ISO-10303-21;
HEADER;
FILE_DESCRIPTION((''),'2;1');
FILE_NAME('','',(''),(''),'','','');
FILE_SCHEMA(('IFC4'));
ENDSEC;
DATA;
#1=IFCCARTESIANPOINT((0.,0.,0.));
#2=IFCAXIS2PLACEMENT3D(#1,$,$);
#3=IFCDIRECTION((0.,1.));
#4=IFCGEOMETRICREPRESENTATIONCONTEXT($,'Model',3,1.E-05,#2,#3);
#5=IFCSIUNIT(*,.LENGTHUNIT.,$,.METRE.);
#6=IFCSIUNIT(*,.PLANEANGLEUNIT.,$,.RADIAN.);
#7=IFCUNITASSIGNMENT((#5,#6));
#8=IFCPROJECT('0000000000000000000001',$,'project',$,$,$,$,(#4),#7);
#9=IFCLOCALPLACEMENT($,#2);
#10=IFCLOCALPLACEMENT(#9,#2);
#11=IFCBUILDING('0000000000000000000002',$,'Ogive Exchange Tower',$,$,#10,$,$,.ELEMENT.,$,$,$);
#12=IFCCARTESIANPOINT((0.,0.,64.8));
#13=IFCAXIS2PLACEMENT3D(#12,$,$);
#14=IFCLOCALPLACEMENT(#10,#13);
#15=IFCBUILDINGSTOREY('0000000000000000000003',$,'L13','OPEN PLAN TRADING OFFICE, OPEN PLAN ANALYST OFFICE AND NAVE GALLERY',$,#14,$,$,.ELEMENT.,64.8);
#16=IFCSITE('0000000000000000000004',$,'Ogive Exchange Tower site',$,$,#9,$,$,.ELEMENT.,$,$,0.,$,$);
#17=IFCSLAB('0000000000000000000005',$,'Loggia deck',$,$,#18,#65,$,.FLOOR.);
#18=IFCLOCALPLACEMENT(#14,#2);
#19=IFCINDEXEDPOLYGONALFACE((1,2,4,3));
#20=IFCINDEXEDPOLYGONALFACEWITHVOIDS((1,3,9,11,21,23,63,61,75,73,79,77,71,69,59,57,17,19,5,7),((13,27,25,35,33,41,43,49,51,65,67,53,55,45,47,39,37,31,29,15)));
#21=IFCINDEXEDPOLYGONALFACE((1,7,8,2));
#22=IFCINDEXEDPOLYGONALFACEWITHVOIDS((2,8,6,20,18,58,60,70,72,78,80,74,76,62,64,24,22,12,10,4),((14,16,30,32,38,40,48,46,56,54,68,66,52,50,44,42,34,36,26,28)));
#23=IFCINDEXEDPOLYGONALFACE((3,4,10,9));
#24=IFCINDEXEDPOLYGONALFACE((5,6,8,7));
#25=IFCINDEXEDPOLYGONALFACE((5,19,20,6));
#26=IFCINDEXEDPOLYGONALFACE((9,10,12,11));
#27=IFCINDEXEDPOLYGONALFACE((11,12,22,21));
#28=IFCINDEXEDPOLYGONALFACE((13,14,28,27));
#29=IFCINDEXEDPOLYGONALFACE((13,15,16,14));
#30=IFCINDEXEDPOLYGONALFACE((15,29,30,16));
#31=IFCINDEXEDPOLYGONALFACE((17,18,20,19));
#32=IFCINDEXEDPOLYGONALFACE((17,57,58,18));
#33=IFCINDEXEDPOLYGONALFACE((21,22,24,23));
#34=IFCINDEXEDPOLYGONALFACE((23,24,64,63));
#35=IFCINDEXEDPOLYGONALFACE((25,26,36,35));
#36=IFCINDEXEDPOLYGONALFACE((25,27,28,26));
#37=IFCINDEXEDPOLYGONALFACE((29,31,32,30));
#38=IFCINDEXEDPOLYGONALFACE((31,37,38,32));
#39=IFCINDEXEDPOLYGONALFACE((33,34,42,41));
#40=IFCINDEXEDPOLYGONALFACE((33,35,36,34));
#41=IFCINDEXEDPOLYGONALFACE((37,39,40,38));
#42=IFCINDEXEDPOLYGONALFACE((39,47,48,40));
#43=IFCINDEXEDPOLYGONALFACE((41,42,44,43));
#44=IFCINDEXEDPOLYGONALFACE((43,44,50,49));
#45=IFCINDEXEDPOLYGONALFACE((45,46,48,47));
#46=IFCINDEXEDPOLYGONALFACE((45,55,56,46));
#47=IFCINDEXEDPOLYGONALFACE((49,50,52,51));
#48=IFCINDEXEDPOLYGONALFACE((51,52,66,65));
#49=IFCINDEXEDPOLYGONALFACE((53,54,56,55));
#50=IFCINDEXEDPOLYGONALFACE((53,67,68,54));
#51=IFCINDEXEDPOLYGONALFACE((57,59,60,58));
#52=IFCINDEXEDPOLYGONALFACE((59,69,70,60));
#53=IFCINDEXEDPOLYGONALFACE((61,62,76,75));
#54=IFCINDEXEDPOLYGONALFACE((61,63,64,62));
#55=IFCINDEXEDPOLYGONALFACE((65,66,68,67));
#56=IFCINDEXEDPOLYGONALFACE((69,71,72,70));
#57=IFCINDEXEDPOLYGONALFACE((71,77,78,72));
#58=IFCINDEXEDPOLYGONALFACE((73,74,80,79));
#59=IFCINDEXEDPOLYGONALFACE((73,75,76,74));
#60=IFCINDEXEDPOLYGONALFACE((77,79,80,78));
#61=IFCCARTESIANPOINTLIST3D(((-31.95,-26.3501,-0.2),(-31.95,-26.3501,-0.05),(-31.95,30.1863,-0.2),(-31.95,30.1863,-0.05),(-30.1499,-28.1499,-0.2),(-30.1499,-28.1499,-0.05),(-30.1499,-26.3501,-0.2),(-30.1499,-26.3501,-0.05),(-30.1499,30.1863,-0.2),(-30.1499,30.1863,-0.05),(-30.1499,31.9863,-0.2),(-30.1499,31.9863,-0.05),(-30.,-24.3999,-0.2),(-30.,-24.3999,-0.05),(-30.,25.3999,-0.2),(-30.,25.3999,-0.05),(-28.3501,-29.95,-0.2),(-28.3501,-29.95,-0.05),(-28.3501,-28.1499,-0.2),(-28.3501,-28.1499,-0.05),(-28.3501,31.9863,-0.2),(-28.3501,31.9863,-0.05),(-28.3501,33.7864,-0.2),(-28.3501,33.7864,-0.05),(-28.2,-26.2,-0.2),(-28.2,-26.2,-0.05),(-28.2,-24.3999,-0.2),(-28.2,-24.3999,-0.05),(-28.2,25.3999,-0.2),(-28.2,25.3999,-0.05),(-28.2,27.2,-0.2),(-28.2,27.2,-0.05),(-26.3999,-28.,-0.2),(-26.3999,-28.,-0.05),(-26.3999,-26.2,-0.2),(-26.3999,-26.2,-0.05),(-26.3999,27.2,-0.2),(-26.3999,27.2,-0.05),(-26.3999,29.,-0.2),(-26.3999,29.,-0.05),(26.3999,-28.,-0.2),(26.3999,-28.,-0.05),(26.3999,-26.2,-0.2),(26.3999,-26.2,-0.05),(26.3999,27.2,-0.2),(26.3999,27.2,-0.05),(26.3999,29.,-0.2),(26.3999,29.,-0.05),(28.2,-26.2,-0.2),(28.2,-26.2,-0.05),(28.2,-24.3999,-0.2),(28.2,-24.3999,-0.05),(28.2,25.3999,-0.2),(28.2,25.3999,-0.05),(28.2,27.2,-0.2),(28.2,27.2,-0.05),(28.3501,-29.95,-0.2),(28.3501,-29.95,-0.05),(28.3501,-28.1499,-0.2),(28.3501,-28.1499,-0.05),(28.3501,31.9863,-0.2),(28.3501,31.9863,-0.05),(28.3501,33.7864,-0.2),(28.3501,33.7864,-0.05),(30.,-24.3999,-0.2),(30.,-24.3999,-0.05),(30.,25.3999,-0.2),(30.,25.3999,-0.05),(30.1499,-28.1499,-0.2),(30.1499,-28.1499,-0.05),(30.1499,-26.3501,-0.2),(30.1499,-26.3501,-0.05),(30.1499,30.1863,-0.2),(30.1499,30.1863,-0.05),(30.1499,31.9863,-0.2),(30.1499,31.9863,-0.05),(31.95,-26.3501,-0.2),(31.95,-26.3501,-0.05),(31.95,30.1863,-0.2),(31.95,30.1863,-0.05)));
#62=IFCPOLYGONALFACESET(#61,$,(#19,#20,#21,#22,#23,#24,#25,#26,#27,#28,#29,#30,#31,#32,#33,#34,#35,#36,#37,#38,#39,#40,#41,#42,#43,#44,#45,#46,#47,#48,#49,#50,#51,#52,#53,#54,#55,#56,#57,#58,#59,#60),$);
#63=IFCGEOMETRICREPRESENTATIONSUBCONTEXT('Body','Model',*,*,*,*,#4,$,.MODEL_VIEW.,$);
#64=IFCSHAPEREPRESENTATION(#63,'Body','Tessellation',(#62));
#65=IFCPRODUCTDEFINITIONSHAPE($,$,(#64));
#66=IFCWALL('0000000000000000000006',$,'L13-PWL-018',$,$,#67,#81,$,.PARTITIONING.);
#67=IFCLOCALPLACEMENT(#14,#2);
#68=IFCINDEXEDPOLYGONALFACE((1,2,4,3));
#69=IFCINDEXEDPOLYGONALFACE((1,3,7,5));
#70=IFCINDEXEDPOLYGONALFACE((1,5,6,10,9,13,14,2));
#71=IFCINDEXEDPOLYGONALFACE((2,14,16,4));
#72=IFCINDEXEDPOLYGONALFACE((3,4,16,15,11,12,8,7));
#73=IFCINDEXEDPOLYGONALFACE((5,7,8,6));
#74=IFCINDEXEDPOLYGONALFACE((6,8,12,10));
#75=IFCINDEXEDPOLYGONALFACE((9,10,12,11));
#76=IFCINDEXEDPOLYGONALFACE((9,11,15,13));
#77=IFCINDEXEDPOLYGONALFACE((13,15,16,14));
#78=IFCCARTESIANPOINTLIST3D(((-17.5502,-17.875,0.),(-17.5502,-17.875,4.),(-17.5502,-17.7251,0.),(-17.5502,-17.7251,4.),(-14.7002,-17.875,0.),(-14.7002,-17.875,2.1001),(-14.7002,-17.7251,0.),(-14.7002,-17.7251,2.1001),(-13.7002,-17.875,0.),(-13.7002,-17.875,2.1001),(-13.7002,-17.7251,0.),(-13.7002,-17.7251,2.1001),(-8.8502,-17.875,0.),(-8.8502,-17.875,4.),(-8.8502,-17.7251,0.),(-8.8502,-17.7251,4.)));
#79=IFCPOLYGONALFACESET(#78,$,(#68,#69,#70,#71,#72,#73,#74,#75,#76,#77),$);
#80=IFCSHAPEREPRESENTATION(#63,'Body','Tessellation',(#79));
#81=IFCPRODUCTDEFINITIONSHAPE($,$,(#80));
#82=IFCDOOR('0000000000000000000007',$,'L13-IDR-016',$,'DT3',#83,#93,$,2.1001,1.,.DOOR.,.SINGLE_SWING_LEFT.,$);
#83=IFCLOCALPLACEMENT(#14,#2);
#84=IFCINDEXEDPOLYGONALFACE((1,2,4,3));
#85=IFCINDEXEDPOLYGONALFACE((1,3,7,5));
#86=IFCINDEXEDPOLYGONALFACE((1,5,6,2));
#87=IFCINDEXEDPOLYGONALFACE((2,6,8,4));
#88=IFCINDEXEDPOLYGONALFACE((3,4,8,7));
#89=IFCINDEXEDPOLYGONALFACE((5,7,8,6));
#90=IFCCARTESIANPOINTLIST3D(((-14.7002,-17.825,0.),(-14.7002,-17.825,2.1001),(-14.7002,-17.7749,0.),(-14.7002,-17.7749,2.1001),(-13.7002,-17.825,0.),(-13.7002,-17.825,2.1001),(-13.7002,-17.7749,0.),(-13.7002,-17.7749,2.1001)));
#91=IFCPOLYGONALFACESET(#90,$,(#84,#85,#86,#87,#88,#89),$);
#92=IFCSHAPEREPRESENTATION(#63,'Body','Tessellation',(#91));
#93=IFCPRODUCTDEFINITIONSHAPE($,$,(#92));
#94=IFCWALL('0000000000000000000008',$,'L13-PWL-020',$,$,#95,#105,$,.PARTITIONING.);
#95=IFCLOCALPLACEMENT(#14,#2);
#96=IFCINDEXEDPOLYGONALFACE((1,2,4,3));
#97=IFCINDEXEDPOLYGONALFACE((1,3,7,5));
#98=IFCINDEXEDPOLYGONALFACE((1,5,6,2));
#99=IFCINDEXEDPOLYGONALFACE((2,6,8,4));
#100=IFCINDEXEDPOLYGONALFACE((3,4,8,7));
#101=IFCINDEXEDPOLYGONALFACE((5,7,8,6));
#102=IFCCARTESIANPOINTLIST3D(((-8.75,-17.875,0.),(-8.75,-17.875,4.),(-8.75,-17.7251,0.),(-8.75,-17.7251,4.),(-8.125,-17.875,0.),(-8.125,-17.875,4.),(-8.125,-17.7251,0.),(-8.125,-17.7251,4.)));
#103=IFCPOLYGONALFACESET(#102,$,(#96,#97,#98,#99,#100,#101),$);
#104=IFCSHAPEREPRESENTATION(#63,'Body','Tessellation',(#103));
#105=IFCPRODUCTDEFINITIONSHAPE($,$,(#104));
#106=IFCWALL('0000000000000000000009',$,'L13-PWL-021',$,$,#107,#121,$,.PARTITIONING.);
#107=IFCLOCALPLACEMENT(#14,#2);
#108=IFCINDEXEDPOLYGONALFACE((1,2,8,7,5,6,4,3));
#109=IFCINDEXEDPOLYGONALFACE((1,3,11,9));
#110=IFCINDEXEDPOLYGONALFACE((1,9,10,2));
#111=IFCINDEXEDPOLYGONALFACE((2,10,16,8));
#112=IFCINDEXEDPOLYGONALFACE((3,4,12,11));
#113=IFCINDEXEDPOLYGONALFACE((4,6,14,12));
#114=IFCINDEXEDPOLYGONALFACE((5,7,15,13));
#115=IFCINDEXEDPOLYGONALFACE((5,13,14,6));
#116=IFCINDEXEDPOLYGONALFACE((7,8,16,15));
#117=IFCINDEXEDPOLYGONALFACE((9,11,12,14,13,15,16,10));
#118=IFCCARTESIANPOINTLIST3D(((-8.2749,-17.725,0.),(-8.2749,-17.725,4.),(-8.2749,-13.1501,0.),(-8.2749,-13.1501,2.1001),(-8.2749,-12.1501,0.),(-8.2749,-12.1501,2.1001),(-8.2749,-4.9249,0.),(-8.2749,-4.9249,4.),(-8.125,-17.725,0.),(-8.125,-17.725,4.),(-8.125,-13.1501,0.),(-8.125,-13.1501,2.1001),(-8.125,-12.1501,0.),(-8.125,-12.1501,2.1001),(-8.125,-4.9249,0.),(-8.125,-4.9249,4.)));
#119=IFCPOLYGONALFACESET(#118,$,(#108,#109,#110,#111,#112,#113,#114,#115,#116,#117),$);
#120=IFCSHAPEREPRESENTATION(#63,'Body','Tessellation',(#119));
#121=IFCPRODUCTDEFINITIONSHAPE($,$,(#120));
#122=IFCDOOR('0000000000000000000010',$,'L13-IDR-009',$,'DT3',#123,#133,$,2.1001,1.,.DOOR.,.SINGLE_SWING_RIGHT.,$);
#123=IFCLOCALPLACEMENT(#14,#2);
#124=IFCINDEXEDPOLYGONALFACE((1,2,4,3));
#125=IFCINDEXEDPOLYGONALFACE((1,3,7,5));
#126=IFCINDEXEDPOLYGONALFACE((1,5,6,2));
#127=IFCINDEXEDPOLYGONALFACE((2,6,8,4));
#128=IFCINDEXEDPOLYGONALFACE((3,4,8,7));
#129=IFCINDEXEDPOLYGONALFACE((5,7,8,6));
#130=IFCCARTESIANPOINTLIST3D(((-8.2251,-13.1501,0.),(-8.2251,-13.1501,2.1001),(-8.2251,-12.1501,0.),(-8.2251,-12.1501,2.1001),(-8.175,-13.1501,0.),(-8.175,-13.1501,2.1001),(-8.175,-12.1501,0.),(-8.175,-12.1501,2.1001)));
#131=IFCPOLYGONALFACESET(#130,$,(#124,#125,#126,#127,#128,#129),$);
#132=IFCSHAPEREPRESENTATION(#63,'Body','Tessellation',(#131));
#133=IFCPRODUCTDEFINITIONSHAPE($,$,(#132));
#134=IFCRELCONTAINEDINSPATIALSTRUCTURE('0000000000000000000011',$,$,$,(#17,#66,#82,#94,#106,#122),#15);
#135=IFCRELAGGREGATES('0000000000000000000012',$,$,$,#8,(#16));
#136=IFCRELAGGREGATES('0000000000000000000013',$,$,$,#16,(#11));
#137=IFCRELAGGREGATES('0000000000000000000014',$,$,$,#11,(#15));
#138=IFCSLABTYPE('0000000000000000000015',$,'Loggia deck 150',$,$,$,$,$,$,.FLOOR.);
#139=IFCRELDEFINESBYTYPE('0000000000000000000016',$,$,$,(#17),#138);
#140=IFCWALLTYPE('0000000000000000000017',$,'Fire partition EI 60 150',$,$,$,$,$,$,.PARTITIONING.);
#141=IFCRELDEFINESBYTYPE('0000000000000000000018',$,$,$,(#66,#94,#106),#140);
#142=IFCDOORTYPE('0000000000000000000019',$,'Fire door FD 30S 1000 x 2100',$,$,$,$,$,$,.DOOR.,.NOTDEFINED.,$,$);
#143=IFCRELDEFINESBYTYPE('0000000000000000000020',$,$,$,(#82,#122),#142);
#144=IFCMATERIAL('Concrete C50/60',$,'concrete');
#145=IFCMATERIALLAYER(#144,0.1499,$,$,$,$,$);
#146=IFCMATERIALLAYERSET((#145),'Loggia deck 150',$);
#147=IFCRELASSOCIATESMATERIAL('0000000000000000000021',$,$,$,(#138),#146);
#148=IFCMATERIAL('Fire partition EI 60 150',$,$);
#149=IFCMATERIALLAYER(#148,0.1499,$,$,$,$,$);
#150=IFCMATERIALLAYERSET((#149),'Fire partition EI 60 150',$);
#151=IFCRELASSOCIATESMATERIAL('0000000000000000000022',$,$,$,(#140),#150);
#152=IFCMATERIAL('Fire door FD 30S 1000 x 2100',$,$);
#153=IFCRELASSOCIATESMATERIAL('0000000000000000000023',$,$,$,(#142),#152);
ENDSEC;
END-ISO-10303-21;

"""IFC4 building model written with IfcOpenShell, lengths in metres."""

from ifc_helpers import new_model, si_unit, direction, frame, frame_2d, origin, place, context, subcontext, project, spatial, polyline, rectangle, outline, extrude, material, layer, layer_set, type_object, element, fill, save


model = new_model("IFC4")

# Units and contexts
model_context = context("Model", 3, precision=1e-05, world=origin(), true_north=direction((0.0, 1.0)))
body_context = subcontext(model_context, "Body", "Model", "MODEL_VIEW")
ifc_project = project(units=[si_unit("LENGTHUNIT", "METRE"), si_unit("PLANEANGLEUNIT", "RADIAN")], contexts=[model_context])

# Site, building, storey
site_placement = place(None, origin())
site = spatial("IfcSite", under=ifc_project, at=site_placement, Name="Ogive Exchange Tower site", CompositionType="ELEMENT", RefElevation=0.0)
building_placement = place(site_placement, origin())
building = spatial("IfcBuilding", under=site, at=building_placement, Name="Ogive Exchange Tower", CompositionType="ELEMENT")
storey_placement = place(building_placement, frame((0.0, 0.0, 64.8)))
storey = spatial("IfcBuildingStorey", under=building, at=storey_placement, Name="L13", Description="OPEN PLAN TRADING OFFICE, OPEN PLAN ANALYST OFFICE AND NAVE GALLERY", CompositionType="ELEMENT", Elevation=64.8)

# Slab
ifc_material_1 = material(Name="Concrete C50/60", Category="concrete")
ifc_layer_1 = layer(ifc_material_1, 0.1499)
ifc_layer_set_1 = layer_set([ifc_layer_1], Name="Loggia deck 150")
slab_type_1 = type_object("IfcSlabType", Name="Loggia deck 150", PredefinedType="FLOOR", material=ifc_layer_set_1)
slab_1_placement = place(storey_placement, frame((0.0, 0.0, -0.2)))
element("IfcSlab", 1, at=slab_1_placement, inside=storey, type_object=slab_type_1, Name="Loggia deck", PredefinedType="FLOOR", context=body_context, shape_type="SweptSolid", body=[
    extrude(outline(polyline([(-28.3501, -28.1499), (-30.1499, -28.1499), (-30.1499, -26.3501), (-31.95, -26.3501), (-31.95, 30.1863), (-30.1499, 30.1863), (-30.1499, 31.9863), (-28.3501, 31.9863), (-28.3501, 33.7864), (28.3501, 33.7864), (28.3501, 31.9863), (30.1499, 31.9863), (30.1499, 30.1863), (31.95, 30.1863), (31.95, -26.3501), (30.1499, -26.3501), (30.1499, -28.1499), (28.3501, -28.1499), (28.3501, -29.95), (-28.3501, -29.95), (-28.3501, -28.1499)]), holes=[polyline([(26.3999, -26.2), (28.2, -26.2), (28.2, -24.3999), (30.0, -24.3999), (30.0, 25.3999), (28.2, 25.3999), (28.2, 27.2), (26.3999, 27.2), (26.3999, 29.0), (-26.3999, 29.0), (-26.3999, 27.2), (-28.2, 27.2), (-28.2, 25.3999), (-30.0, 25.3999), (-30.0, -24.3999), (-28.2, -24.3999), (-28.2, -26.2), (-26.3999, -26.2), (-26.3999, -28.0), (26.3999, -28.0), (26.3999, -26.2)])]), origin(), (0.0, 0.0, 1.0), 0.1499),
])

# Wall, opening, door
ifc_material_2 = material(Name="Fire partition EI 60 150")
ifc_layer_2 = layer(ifc_material_2, 0.1499)
ifc_layer_set_2 = layer_set([ifc_layer_2], Name="Fire partition EI 60 150")
wall_type = type_object("IfcWallType", Name="Fire partition EI 60 150", PredefinedType="PARTITIONING", material=ifc_layer_set_2)
wall_1_placement = place(storey_placement, frame((-8.8501, -17.8, 0.0), z_axis=(0.0, 0.0, 1.0), x_axis=(-1.0, 0.0, 0.0)))
wall_1 = element("IfcWall", 2, at=wall_1_placement, inside=storey, type_object=wall_type, Name="L13-PWL-018", PredefinedType="PARTITIONING", context=body_context, shape_type="SweptSolid", body=[
    extrude(rectangle(XDim=8.7, YDim=0.1499, at=frame_2d((4.3501, 0.0))), origin(), (0.0, 0.0, 1.0), 4.0),
])
opening_1_placement = place(wall_1_placement, frame((4.8501, 0.0, 0.0)))
opening_1 = element("IfcOpeningElement", 3, at=opening_1_placement, cuts=wall_1, PredefinedType="OPENING", context=body_context, shape_type="SweptSolid", body=[
    extrude(rectangle(XDim=1.0, YDim=2.1001, at=frame_2d((0.5, 1.05))), frame((0.0, 0.085, 0.0), z_axis=(0.0, -1.0, 0.0), x_axis=(1.0, 0.0, 0.0)), (0.0, 0.0, 1.0), 0.1699),
])
ifc_material_3 = material(Name="Fire door FD 30S 1000 x 2100")
door_type = type_object("IfcDoorType", Name="Fire door FD 30S 1000 x 2100", OperationType="NOTDEFINED", PredefinedType="DOOR", material=ifc_material_3)
door_1_placement = place(opening_1_placement, origin())
door_1 = element("IfcDoor", 4, at=door_1_placement, inside=storey, type_object=door_type, Name="L13-IDR-016", ObjectType="DT3", OperationType="SINGLE_SWING_LEFT", OverallHeight=2.1001, OverallWidth=1.0, PredefinedType="DOOR", context=body_context, shape_type="SweptSolid", body=[
    extrude(rectangle(XDim=1.0, YDim=2.1001, at=frame_2d((0.5, 1.05))), frame((0.0, 0.0249, 0.0), z_axis=(0.0, -1.0, 0.0), x_axis=(1.0, 0.0, 0.0)), (0.0, 0.0, 1.0), 0.05),
])
fill(opening_1, door_1)

# Wall
wall_2_placement = place(storey_placement, frame((-8.125, -17.8, 0.0), z_axis=(0.0, 0.0, 1.0), x_axis=(-1.0, 0.0, 0.0)))
element("IfcWall", 5, at=wall_2_placement, inside=storey, type_object=wall_type, Name="L13-PWL-020", PredefinedType="PARTITIONING", context=body_context, shape_type="SweptSolid", body=[
    extrude(rectangle(XDim=0.625, YDim=0.1499, at=frame_2d((0.3125, 0.0))), origin(), (0.0, 0.0, 1.0), 4.0),
])

# Wall, opening, door
wall_3_placement = place(storey_placement, frame((-8.2, -4.925, 0.0), z_axis=(0.0, 0.0, 1.0), x_axis=(0.0, -1.0, 0.0)))
wall_3 = element("IfcWall", 6, at=wall_3_placement, inside=storey, type_object=wall_type, Name="L13-PWL-021", PredefinedType="PARTITIONING", context=body_context, shape_type="SweptSolid", body=[
    extrude(rectangle(XDim=12.8, YDim=0.1499, at=frame_2d((6.3999, 0.0))), origin(), (0.0, 0.0, 1.0), 4.0),
])
opening_2_placement = place(wall_3_placement, frame((7.2251, 0.0, 0.0)))
opening_2 = element("IfcOpeningElement", 7, at=opening_2_placement, cuts=wall_3, PredefinedType="OPENING", context=body_context, shape_type="SweptSolid", body=[
    extrude(rectangle(XDim=1.0, YDim=2.1001, at=frame_2d((0.5, 1.05))), frame((0.0, 0.085, 0.0), z_axis=(0.0, -1.0, 0.0), x_axis=(1.0, 0.0, 0.0)), (0.0, 0.0, 1.0), 0.1699),
])
door_2_placement = place(opening_2_placement, origin())
door_2 = element("IfcDoor", 8, at=door_2_placement, inside=storey, type_object=door_type, Name="L13-IDR-009", ObjectType="DT3", OperationType="SINGLE_SWING_RIGHT", OverallHeight=2.1001, OverallWidth=1.0, PredefinedType="DOOR", context=body_context, shape_type="SweptSolid", body=[
    extrude(rectangle(XDim=1.0, YDim=2.1001, at=frame_2d((0.5, 1.05))), frame((0.0, 0.0249, 0.0), z_axis=(0.0, -1.0, 0.0), x_axis=(1.0, 0.0, 0.0)), (0.0, 0.0, 1.0), 0.05),
])
fill(opening_2, door_2)

save(model, "model.ifc")
